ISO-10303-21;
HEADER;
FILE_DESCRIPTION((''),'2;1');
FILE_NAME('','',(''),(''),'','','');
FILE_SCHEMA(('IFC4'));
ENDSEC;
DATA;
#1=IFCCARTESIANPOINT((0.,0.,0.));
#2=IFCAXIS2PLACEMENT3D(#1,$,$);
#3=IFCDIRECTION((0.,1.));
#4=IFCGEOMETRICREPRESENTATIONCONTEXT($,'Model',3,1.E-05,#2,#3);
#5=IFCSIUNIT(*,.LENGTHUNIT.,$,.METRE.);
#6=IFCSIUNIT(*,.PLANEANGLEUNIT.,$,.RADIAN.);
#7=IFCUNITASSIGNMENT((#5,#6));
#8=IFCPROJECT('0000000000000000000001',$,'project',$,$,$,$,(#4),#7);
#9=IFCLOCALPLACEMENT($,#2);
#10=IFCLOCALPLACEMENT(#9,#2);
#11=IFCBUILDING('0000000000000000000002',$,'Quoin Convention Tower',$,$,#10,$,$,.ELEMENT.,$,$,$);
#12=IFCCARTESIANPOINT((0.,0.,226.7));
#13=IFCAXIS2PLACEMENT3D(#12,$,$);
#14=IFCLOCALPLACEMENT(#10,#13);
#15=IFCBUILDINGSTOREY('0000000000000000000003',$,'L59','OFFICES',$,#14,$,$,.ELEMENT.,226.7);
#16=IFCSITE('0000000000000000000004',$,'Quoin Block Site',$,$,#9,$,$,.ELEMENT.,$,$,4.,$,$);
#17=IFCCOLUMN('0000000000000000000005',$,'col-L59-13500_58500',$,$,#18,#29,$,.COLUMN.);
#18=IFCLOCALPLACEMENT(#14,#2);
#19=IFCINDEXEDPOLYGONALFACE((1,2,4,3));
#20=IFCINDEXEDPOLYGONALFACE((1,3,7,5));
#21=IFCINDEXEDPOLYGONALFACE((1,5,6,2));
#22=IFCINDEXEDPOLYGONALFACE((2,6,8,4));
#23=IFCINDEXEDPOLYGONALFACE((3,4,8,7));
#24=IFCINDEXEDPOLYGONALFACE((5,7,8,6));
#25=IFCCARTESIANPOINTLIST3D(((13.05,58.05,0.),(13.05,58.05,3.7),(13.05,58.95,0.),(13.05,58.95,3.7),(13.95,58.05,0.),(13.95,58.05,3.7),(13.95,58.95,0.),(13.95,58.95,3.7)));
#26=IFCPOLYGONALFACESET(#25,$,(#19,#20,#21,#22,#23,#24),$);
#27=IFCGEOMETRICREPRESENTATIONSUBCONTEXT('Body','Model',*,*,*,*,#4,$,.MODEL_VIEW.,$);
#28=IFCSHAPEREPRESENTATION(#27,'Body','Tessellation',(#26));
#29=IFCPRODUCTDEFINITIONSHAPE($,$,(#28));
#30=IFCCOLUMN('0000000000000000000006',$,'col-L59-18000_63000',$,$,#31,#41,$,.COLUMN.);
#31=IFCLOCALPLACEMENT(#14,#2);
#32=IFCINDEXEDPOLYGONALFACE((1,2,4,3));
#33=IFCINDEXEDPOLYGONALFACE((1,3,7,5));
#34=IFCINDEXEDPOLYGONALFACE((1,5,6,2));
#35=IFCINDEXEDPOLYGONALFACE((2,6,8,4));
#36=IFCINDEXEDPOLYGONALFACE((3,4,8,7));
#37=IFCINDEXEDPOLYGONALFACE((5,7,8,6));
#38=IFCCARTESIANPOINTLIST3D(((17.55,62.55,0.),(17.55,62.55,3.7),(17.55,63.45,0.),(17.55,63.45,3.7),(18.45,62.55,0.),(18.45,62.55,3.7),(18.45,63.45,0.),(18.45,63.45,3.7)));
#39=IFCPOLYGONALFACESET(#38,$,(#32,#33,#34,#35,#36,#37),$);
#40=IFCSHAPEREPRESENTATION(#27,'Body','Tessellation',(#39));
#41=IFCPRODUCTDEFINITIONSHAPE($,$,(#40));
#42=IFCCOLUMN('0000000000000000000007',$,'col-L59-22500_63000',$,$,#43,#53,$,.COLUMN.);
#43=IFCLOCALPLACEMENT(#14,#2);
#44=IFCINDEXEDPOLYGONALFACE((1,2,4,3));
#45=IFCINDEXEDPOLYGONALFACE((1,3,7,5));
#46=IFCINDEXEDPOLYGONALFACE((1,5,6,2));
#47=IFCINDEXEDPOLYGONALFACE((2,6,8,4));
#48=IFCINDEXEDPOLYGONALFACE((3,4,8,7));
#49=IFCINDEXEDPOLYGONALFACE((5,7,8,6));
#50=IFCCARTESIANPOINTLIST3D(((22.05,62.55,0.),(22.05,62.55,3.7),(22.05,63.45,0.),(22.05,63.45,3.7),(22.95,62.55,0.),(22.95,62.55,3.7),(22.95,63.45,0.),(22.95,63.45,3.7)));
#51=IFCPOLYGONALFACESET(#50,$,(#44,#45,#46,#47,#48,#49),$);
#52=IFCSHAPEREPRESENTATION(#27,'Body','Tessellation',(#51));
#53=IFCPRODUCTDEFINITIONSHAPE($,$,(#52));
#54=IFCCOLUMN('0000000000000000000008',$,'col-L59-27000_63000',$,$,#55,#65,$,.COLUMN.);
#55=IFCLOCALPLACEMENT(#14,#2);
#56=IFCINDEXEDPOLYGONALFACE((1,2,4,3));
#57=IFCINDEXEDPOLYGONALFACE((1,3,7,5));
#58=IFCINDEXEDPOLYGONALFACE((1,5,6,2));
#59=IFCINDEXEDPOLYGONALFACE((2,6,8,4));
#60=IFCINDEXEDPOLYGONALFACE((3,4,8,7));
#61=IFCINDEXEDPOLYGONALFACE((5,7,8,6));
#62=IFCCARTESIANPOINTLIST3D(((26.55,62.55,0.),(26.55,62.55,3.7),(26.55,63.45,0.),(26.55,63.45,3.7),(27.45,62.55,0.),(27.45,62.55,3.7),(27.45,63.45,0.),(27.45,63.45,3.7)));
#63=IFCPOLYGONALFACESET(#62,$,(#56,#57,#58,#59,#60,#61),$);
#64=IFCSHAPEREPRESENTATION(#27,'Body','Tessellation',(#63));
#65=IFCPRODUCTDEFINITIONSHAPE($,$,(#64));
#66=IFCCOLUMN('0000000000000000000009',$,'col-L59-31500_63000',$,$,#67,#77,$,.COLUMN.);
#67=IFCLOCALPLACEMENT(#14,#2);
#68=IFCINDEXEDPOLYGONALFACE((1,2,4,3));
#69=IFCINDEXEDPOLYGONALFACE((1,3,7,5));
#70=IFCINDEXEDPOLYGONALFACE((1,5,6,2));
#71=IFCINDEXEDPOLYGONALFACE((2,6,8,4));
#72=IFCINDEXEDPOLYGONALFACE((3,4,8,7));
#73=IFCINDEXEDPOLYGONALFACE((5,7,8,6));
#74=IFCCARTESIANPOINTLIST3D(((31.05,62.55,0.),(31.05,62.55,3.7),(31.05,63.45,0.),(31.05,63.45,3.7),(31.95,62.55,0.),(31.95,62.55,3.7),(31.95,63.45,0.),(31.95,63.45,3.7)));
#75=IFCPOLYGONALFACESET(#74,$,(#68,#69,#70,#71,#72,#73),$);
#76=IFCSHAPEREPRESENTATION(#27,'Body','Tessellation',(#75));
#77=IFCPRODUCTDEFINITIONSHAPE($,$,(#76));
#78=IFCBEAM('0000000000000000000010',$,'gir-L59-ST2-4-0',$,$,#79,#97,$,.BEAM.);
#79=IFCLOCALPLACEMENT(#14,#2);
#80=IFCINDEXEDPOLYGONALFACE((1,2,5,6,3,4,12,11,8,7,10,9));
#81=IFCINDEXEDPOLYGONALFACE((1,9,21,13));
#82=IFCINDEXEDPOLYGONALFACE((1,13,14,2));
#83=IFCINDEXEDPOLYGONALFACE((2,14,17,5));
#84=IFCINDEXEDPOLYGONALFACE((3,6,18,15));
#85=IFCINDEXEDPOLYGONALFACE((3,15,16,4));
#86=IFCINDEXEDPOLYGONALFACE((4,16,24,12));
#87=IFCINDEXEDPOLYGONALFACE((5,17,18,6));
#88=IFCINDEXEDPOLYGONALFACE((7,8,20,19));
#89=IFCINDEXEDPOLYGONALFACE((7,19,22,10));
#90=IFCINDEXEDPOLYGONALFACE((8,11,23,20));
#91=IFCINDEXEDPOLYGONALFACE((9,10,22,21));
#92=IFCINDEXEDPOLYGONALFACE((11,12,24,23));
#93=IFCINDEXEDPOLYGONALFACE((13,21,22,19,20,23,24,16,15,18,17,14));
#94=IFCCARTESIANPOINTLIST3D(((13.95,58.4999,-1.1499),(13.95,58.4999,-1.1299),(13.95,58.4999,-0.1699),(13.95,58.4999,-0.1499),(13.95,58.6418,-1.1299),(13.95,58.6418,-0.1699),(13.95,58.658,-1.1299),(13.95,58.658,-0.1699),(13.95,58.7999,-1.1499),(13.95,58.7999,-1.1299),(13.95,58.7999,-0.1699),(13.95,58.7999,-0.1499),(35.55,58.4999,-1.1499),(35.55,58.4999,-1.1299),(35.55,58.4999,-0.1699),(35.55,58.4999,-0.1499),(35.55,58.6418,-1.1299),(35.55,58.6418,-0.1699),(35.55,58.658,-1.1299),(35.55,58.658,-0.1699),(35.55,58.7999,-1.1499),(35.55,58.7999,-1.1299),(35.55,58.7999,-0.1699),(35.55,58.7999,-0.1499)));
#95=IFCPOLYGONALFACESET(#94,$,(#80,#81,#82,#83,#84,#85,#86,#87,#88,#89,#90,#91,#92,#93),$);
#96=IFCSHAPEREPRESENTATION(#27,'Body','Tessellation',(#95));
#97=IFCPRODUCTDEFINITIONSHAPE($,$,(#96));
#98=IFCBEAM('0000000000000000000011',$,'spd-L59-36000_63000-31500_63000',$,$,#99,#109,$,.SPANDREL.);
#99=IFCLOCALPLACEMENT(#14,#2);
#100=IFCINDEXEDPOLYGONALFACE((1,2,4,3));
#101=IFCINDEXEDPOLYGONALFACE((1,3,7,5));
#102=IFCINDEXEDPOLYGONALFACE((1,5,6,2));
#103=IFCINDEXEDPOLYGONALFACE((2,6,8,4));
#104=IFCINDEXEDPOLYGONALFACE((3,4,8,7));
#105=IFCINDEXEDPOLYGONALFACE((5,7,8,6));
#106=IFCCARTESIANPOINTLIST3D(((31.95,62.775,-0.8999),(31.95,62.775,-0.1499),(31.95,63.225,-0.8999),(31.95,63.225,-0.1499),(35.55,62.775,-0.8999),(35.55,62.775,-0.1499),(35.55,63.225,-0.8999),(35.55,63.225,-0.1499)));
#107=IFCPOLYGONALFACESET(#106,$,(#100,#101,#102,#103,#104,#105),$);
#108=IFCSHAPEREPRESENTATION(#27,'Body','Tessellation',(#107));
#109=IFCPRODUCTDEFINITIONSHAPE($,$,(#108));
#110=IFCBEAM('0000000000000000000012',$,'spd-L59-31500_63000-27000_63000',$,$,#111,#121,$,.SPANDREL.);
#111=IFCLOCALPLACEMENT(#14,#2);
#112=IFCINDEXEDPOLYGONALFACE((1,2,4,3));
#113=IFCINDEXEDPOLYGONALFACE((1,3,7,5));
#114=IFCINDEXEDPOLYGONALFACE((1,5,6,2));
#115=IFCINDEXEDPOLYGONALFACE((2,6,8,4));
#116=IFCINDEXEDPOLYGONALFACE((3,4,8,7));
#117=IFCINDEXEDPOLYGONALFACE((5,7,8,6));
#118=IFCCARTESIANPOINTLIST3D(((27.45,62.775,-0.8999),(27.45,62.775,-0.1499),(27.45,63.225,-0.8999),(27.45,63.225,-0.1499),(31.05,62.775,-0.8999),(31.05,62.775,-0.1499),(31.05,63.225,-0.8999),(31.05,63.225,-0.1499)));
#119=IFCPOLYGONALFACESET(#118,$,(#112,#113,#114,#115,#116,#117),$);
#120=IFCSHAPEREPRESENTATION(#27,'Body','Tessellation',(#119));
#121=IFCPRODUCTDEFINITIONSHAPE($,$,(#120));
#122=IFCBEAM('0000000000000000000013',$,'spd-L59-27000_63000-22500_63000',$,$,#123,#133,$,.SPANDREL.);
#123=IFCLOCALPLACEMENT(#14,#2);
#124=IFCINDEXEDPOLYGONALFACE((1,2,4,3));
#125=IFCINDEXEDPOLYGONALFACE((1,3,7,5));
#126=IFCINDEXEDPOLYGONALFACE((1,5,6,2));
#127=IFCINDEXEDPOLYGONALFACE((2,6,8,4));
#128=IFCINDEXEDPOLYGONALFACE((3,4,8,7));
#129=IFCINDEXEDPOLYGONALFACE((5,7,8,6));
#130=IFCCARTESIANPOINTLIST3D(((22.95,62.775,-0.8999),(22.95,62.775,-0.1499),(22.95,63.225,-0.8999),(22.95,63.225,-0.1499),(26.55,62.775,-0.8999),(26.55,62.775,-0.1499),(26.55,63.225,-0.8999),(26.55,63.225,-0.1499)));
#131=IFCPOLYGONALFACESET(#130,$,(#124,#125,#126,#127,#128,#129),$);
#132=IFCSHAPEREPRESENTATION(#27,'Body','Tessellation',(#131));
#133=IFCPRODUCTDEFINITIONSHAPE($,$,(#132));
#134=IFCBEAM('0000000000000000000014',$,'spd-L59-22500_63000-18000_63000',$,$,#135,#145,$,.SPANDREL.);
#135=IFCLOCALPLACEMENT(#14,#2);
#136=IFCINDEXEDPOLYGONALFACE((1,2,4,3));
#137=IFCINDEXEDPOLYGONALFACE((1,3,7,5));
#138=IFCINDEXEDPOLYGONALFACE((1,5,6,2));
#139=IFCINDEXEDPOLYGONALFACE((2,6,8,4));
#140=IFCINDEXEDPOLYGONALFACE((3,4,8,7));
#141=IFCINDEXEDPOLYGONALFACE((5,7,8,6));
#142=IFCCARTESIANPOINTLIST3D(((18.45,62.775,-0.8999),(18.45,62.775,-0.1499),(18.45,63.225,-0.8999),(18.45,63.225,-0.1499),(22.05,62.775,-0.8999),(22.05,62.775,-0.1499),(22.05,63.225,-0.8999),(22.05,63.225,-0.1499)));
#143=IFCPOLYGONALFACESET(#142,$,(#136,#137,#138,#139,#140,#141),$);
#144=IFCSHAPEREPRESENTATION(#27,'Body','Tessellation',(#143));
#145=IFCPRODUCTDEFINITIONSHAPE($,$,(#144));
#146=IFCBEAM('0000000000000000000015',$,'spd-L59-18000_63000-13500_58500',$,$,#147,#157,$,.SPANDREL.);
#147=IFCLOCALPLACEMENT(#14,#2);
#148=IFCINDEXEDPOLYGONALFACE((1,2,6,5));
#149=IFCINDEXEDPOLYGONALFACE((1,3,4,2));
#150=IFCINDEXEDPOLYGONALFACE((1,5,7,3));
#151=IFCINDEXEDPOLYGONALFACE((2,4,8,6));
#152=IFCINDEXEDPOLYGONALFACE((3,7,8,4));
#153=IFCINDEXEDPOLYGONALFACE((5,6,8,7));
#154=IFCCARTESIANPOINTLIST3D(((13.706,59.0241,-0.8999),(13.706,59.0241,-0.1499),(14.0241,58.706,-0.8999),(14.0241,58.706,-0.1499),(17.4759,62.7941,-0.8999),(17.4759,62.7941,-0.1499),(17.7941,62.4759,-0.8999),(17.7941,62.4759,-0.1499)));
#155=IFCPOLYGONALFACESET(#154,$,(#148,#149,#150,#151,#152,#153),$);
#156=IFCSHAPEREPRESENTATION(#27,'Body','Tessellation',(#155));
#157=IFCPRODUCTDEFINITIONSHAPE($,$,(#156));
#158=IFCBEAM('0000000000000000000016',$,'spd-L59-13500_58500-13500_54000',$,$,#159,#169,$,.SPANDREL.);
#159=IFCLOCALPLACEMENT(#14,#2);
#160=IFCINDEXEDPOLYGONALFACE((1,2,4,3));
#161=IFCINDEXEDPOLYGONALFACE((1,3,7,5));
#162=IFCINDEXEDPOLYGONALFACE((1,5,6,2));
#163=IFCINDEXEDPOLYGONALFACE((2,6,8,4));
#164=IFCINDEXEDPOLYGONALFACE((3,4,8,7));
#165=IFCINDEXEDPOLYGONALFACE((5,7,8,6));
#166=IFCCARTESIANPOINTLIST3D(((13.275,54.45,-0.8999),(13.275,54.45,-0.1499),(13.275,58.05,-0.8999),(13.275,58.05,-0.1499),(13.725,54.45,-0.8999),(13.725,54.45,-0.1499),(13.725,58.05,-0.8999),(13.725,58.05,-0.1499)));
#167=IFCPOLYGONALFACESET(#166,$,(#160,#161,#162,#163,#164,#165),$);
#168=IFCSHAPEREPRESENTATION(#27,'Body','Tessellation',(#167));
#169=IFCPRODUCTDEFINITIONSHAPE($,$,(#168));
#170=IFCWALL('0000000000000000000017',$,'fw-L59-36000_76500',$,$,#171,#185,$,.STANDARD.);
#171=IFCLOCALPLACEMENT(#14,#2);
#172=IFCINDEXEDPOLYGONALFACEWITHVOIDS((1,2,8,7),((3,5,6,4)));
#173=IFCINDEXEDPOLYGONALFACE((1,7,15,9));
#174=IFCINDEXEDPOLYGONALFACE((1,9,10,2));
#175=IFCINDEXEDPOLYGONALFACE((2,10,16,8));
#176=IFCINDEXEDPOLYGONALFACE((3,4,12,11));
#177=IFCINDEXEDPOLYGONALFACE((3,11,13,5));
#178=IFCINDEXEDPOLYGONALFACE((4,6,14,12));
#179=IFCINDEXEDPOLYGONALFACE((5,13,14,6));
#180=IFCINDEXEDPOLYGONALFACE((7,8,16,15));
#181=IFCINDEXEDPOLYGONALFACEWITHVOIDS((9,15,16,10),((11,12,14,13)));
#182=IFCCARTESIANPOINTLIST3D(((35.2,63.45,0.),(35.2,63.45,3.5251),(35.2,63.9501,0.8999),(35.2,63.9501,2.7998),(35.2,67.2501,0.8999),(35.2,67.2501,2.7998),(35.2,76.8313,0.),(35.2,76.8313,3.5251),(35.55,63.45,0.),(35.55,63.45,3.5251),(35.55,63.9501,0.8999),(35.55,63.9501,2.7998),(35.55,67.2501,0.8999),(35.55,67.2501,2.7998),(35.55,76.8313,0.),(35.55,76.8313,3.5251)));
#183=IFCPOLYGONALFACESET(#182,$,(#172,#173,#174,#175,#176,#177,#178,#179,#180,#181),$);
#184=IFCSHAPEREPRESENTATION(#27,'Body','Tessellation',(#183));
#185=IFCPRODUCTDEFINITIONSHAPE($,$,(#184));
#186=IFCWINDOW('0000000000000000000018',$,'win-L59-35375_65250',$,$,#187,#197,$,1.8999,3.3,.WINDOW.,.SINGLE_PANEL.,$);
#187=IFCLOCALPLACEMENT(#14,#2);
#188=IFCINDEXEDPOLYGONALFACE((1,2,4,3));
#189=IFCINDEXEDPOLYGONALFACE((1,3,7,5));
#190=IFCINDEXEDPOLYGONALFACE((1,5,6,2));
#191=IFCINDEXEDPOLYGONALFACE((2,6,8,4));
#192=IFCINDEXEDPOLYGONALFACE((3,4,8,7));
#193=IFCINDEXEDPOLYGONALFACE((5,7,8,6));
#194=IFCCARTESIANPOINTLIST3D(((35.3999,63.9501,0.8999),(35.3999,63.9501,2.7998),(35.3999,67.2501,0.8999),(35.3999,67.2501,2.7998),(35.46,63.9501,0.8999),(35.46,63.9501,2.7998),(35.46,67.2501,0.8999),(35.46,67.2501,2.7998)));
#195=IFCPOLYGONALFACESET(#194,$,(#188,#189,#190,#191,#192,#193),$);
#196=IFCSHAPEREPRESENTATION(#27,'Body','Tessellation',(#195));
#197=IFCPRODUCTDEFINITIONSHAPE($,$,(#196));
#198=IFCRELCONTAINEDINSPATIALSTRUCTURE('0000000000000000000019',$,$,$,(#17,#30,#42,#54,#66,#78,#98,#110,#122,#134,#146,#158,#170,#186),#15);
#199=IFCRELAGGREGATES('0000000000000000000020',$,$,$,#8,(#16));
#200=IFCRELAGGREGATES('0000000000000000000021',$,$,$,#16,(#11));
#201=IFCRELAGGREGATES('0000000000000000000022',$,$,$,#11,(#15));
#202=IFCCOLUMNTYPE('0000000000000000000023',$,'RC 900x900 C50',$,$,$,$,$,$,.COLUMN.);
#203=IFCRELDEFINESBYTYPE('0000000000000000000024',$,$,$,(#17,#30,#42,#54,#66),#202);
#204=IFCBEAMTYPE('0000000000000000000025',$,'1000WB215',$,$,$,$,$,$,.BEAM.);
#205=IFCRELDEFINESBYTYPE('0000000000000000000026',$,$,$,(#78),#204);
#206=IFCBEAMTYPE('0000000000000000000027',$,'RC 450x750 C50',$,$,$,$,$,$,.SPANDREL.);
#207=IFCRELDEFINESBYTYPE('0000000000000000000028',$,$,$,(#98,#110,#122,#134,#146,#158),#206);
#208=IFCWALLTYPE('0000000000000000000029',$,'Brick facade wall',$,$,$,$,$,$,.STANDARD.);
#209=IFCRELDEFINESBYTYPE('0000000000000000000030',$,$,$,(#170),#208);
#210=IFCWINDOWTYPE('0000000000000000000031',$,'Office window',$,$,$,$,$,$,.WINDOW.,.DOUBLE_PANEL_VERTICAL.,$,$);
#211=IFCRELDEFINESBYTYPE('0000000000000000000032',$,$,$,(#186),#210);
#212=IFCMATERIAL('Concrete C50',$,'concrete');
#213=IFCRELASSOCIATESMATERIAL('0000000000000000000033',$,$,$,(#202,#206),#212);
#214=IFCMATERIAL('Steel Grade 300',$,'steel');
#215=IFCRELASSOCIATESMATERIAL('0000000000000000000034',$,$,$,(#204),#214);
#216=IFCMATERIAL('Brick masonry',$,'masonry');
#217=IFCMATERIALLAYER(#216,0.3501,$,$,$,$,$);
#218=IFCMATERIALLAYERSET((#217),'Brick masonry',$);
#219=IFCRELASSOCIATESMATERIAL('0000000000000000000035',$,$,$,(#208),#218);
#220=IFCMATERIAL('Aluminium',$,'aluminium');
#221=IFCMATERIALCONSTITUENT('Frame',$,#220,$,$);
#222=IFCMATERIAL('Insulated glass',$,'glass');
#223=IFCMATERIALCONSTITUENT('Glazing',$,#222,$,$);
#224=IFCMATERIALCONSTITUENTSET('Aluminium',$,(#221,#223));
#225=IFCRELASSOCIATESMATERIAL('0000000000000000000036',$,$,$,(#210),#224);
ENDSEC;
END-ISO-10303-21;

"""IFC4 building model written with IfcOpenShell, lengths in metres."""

from ifc_helpers import new_model, si_unit, direction, frame, frame_2d, origin, origin_2d, place, context, subcontext, project, spatial, rectangle, i_section, extrude, material, layer, layer_set, constituent, constituent_set, material_profile, profile_set, type_object, element, fill, save


model = new_model("IFC4")

# Units and contexts
model_context = context("Model", 3, precision=1e-05, world=origin(), true_north=direction((0.0, 1.0)))
body_context = subcontext(model_context, "Body", "Model", "MODEL_VIEW")
ifc_project = project(units=[si_unit("LENGTHUNIT", "METRE"), si_unit("PLANEANGLEUNIT", "RADIAN")], contexts=[model_context])

# Site, building, storey
site_placement = place(None, origin())
site = spatial("IfcSite", under=ifc_project, at=site_placement, Name="Quoin Block Site", CompositionType="ELEMENT", RefElevation=4.0)
building_placement = place(site_placement, origin())
building = spatial("IfcBuilding", under=site, at=building_placement, Name="Quoin Convention Tower", CompositionType="ELEMENT")
storey_placement = place(building_placement, frame((0.0, 0.0, 226.7)))
storey = spatial("IfcBuildingStorey", under=building, at=storey_placement, Name="L59", Description="OFFICES", CompositionType="ELEMENT", Elevation=226.7)

# Columns
ifc_material_1 = material(Name="Concrete C50", Category="concrete")
ifc_material_profile_1 = material_profile(ifc_material_1, rectangle(XDim=0.8999, YDim=0.8999, at=origin_2d()), Name="RC 900x900")
ifc_profile_set_1 = profile_set([ifc_material_profile_1], Name="Concrete C50")
column_type = type_object("IfcColumnType", Name="RC 900x900 C50", PredefinedType="COLUMN", material=ifc_profile_set_1)
for number, where, z_axis, x_axis, name in (
    (1, (13.5, 58.5, 0.0), (0.0, 0.0, 1.0), (1.0, 0.0, 0.0), "col-L59-13500_58500"),
    (2, (18.0, 63.0, 0.0), (0.0, 0.0, 1.0), (1.0, 0.0, 0.0), "col-L59-18000_63000"),
    (3, (22.5, 63.0, 0.0), (0.0, 0.0, 1.0), (1.0, 0.0, 0.0), "col-L59-22500_63000"),
    (4, (27.0, 63.0, 0.0), (0.0, 0.0, 1.0), (1.0, 0.0, 0.0), "col-L59-27000_63000"),
    (5, (31.5, 63.0, 0.0), (0.0, 0.0, 1.0), (1.0, 0.0, 0.0), "col-L59-31500_63000"),
):
    element("IfcColumn", number, at=place(storey_placement, frame(where, z_axis=z_axis, x_axis=x_axis)), inside=storey, type_object=column_type, Name=name, PredefinedType="COLUMN", context=body_context, shape_type="SweptSolid", body=[
        extrude(rectangle(XDim=0.8999, YDim=0.8999, at=origin_2d()), origin(), (0.0, 0.0, 1.0), 3.7),
    ])

# Beams
ifc_material_2 = material(Name="Steel Grade 300", Category="steel")
ifc_material_profile_2 = material_profile(ifc_material_2, i_section(OverallWidth=0.3, OverallDepth=1.0, WebThickness=0.0161, FlangeThickness=0.02, at=origin_2d()), Name="1000WB215")
ifc_profile_set_2 = profile_set([ifc_material_profile_2], Name="Steel Grade 300")
beam_type_1 = type_object("IfcBeamType", Name="1000WB215", PredefinedType="BEAM", material=ifc_profile_set_2)
beam_1_placement = place(storey_placement, frame((13.95, 58.6499, -0.6499), z_axis=(1.0, 0.0, 0.0), x_axis=(0.0, 1.0, 0.0)))
element("IfcBeam", 6, at=beam_1_placement, inside=storey, type_object=beam_type_1, Name="gir-L59-ST2-4-0", PredefinedType="BEAM", context=body_context, shape_type="SweptSolid", body=[
    extrude(i_section(OverallWidth=0.3, OverallDepth=1.0, WebThickness=0.0161, FlangeThickness=0.02, at=origin_2d()), origin(), (0.0, 0.0, 1.0), 21.6001),
])
ifc_material_profile_3 = material_profile(ifc_material_1, rectangle(XDim=0.45, YDim=0.75, at=origin_2d()), Name="RC 450x750")
ifc_profile_set_3 = profile_set([ifc_material_profile_3], Name="Concrete C50")
beam_type_2 = type_object("IfcBeamType", Name="RC 450x750 C50", PredefinedType="SPANDREL", material=ifc_profile_set_3)
for number, where, z_axis, x_axis, name in (
    (7, (35.55, 63.0, -0.5249), (-1.0, 0.0, 0.0), (0.0, -1.0, 0.0), "spd-L59-36000_63000-31500_63000"),
    (8, (31.05, 63.0, -0.5249), (-1.0, 0.0, 0.0), (0.0, -1.0, 0.0), "spd-L59-31500_63000-27000_63000"),
    (9, (26.55, 63.0, -0.5249), (-1.0, 0.0, 0.0), (0.0, -1.0, 0.0), "spd-L59-27000_63000-22500_63000"),
    (10, (22.05, 63.0, -0.5249), (-1.0, 0.0, 0.0), (0.0, -1.0, 0.0), "spd-L59-22500_63000-18000_63000"),
):
    element("IfcBeam", number, at=place(storey_placement, frame(where, z_axis=z_axis, x_axis=x_axis)), inside=storey, type_object=beam_type_2, Name=name, PredefinedType="SPANDREL", context=body_context, shape_type="SweptSolid", body=[
        extrude(rectangle(XDim=0.45, YDim=0.75, at=origin_2d()), origin(), (0.0, 0.0, 1.0), 3.6001),
    ])
beam_2_placement = place(storey_placement, frame((17.635, 62.635, -0.5249), z_axis=(-0.707107, -0.707107, 0.0), x_axis=(0.707107, -0.707107, 0.0)))
element("IfcBeam", 11, at=beam_2_placement, inside=storey, type_object=beam_type_2, Name="spd-L59-18000_63000-13500_58500", PredefinedType="SPANDREL", context=body_context, shape_type="SweptSolid", body=[
    extrude(rectangle(XDim=0.45, YDim=0.75, at=origin_2d()), origin(), (0.0, 0.0, 1.0), 5.3315),
])
beam_3_placement = place(storey_placement, frame((13.5, 58.05, -0.5249), z_axis=(0.0, -1.0, 0.0), x_axis=(1.0, 0.0, 0.0)))
element("IfcBeam", 12, at=beam_3_placement, inside=storey, type_object=beam_type_2, Name="spd-L59-13500_58500-13500_54000", PredefinedType="SPANDREL", context=body_context, shape_type="SweptSolid", body=[
    extrude(rectangle(XDim=0.45, YDim=0.75, at=origin_2d()), origin(), (0.0, 0.0, 1.0), 3.6001),
])

# Wall, opening, window
ifc_material_3 = material(Name="Brick masonry", Category="masonry")
ifc_layer_1 = layer(ifc_material_3, 0.3501)
ifc_layer_set_1 = layer_set([ifc_layer_1], Name="Brick masonry")
wall_type_1 = type_object("IfcWallType", Name="Brick facade wall", PredefinedType="STANDARD", material=ifc_layer_set_1)
wall_1_placement = place(storey_placement, frame((35.375, 76.8313, 0.0), z_axis=(0.0, 0.0, 1.0), x_axis=(0.0, -1.0, 0.0)))
wall_1 = element("IfcWall", 13, at=wall_1_placement, inside=storey, type_object=wall_type_1, Name="fw-L59-36000_76500", PredefinedType="STANDARD", context=body_context, shape_type="SweptSolid", body=[
    extrude(rectangle(XDim=13.3813, YDim=0.3501, at=frame_2d((6.6907, 0.0))), origin(), (0.0, 0.0, 1.0), 3.5251),
])
opening_1_placement = place(wall_1_placement, frame((9.5813, 0.0, 0.8999)))
opening_1 = element("IfcOpeningElement", 14, at=opening_1_placement, cuts=wall_1, PredefinedType="OPENING", context=body_context, shape_type="SweptSolid", body=[
    extrude(rectangle(XDim=3.3, YDim=1.8999, at=frame_2d((1.6499, 0.95))), frame((0.0, 0.1851, 0.0), z_axis=(0.0, -1.0, 0.0), x_axis=(1.0, 0.0, 0.0)), (0.0, 0.0, 1.0), 0.3701),
])
ifc_material_4 = material(Name="Aluminium", Category="aluminium")
ifc_constituent_1 = constituent(ifc_material_4, Name="Frame")
ifc_material_5 = material(Name="Insulated glass", Category="glass")
ifc_constituent_2 = constituent(ifc_material_5, Name="Glazing")
ifc_constituent_set = constituent_set(constituents=[ifc_constituent_1, ifc_constituent_2], Name="Aluminium")
window_type = type_object("IfcWindowType", Name="Office window", PartitioningType="DOUBLE_PANEL_VERTICAL", PredefinedType="WINDOW", material=ifc_constituent_set)
window_1_placement = place(opening_1_placement, origin())
window_1 = element("IfcWindow", 15, at=window_1_placement, inside=storey, type_object=window_type, Name="win-L59-35375_65250", OverallHeight=1.8999, OverallWidth=3.3, PartitioningType="SINGLE_PANEL", PredefinedType="WINDOW", context=body_context, shape_type="SweptSolid", body=[
    extrude(rectangle(XDim=3.3, YDim=1.8999, at=frame_2d((1.6499, 0.95))), frame((0.0, 0.085, 0.0), z_axis=(0.0, -1.0, 0.0), x_axis=(1.0, 0.0, 0.0)), (0.0, 0.0, 1.0), 0.0601),
])
fill(opening_1, window_1)

save(model, "model.ifc")
